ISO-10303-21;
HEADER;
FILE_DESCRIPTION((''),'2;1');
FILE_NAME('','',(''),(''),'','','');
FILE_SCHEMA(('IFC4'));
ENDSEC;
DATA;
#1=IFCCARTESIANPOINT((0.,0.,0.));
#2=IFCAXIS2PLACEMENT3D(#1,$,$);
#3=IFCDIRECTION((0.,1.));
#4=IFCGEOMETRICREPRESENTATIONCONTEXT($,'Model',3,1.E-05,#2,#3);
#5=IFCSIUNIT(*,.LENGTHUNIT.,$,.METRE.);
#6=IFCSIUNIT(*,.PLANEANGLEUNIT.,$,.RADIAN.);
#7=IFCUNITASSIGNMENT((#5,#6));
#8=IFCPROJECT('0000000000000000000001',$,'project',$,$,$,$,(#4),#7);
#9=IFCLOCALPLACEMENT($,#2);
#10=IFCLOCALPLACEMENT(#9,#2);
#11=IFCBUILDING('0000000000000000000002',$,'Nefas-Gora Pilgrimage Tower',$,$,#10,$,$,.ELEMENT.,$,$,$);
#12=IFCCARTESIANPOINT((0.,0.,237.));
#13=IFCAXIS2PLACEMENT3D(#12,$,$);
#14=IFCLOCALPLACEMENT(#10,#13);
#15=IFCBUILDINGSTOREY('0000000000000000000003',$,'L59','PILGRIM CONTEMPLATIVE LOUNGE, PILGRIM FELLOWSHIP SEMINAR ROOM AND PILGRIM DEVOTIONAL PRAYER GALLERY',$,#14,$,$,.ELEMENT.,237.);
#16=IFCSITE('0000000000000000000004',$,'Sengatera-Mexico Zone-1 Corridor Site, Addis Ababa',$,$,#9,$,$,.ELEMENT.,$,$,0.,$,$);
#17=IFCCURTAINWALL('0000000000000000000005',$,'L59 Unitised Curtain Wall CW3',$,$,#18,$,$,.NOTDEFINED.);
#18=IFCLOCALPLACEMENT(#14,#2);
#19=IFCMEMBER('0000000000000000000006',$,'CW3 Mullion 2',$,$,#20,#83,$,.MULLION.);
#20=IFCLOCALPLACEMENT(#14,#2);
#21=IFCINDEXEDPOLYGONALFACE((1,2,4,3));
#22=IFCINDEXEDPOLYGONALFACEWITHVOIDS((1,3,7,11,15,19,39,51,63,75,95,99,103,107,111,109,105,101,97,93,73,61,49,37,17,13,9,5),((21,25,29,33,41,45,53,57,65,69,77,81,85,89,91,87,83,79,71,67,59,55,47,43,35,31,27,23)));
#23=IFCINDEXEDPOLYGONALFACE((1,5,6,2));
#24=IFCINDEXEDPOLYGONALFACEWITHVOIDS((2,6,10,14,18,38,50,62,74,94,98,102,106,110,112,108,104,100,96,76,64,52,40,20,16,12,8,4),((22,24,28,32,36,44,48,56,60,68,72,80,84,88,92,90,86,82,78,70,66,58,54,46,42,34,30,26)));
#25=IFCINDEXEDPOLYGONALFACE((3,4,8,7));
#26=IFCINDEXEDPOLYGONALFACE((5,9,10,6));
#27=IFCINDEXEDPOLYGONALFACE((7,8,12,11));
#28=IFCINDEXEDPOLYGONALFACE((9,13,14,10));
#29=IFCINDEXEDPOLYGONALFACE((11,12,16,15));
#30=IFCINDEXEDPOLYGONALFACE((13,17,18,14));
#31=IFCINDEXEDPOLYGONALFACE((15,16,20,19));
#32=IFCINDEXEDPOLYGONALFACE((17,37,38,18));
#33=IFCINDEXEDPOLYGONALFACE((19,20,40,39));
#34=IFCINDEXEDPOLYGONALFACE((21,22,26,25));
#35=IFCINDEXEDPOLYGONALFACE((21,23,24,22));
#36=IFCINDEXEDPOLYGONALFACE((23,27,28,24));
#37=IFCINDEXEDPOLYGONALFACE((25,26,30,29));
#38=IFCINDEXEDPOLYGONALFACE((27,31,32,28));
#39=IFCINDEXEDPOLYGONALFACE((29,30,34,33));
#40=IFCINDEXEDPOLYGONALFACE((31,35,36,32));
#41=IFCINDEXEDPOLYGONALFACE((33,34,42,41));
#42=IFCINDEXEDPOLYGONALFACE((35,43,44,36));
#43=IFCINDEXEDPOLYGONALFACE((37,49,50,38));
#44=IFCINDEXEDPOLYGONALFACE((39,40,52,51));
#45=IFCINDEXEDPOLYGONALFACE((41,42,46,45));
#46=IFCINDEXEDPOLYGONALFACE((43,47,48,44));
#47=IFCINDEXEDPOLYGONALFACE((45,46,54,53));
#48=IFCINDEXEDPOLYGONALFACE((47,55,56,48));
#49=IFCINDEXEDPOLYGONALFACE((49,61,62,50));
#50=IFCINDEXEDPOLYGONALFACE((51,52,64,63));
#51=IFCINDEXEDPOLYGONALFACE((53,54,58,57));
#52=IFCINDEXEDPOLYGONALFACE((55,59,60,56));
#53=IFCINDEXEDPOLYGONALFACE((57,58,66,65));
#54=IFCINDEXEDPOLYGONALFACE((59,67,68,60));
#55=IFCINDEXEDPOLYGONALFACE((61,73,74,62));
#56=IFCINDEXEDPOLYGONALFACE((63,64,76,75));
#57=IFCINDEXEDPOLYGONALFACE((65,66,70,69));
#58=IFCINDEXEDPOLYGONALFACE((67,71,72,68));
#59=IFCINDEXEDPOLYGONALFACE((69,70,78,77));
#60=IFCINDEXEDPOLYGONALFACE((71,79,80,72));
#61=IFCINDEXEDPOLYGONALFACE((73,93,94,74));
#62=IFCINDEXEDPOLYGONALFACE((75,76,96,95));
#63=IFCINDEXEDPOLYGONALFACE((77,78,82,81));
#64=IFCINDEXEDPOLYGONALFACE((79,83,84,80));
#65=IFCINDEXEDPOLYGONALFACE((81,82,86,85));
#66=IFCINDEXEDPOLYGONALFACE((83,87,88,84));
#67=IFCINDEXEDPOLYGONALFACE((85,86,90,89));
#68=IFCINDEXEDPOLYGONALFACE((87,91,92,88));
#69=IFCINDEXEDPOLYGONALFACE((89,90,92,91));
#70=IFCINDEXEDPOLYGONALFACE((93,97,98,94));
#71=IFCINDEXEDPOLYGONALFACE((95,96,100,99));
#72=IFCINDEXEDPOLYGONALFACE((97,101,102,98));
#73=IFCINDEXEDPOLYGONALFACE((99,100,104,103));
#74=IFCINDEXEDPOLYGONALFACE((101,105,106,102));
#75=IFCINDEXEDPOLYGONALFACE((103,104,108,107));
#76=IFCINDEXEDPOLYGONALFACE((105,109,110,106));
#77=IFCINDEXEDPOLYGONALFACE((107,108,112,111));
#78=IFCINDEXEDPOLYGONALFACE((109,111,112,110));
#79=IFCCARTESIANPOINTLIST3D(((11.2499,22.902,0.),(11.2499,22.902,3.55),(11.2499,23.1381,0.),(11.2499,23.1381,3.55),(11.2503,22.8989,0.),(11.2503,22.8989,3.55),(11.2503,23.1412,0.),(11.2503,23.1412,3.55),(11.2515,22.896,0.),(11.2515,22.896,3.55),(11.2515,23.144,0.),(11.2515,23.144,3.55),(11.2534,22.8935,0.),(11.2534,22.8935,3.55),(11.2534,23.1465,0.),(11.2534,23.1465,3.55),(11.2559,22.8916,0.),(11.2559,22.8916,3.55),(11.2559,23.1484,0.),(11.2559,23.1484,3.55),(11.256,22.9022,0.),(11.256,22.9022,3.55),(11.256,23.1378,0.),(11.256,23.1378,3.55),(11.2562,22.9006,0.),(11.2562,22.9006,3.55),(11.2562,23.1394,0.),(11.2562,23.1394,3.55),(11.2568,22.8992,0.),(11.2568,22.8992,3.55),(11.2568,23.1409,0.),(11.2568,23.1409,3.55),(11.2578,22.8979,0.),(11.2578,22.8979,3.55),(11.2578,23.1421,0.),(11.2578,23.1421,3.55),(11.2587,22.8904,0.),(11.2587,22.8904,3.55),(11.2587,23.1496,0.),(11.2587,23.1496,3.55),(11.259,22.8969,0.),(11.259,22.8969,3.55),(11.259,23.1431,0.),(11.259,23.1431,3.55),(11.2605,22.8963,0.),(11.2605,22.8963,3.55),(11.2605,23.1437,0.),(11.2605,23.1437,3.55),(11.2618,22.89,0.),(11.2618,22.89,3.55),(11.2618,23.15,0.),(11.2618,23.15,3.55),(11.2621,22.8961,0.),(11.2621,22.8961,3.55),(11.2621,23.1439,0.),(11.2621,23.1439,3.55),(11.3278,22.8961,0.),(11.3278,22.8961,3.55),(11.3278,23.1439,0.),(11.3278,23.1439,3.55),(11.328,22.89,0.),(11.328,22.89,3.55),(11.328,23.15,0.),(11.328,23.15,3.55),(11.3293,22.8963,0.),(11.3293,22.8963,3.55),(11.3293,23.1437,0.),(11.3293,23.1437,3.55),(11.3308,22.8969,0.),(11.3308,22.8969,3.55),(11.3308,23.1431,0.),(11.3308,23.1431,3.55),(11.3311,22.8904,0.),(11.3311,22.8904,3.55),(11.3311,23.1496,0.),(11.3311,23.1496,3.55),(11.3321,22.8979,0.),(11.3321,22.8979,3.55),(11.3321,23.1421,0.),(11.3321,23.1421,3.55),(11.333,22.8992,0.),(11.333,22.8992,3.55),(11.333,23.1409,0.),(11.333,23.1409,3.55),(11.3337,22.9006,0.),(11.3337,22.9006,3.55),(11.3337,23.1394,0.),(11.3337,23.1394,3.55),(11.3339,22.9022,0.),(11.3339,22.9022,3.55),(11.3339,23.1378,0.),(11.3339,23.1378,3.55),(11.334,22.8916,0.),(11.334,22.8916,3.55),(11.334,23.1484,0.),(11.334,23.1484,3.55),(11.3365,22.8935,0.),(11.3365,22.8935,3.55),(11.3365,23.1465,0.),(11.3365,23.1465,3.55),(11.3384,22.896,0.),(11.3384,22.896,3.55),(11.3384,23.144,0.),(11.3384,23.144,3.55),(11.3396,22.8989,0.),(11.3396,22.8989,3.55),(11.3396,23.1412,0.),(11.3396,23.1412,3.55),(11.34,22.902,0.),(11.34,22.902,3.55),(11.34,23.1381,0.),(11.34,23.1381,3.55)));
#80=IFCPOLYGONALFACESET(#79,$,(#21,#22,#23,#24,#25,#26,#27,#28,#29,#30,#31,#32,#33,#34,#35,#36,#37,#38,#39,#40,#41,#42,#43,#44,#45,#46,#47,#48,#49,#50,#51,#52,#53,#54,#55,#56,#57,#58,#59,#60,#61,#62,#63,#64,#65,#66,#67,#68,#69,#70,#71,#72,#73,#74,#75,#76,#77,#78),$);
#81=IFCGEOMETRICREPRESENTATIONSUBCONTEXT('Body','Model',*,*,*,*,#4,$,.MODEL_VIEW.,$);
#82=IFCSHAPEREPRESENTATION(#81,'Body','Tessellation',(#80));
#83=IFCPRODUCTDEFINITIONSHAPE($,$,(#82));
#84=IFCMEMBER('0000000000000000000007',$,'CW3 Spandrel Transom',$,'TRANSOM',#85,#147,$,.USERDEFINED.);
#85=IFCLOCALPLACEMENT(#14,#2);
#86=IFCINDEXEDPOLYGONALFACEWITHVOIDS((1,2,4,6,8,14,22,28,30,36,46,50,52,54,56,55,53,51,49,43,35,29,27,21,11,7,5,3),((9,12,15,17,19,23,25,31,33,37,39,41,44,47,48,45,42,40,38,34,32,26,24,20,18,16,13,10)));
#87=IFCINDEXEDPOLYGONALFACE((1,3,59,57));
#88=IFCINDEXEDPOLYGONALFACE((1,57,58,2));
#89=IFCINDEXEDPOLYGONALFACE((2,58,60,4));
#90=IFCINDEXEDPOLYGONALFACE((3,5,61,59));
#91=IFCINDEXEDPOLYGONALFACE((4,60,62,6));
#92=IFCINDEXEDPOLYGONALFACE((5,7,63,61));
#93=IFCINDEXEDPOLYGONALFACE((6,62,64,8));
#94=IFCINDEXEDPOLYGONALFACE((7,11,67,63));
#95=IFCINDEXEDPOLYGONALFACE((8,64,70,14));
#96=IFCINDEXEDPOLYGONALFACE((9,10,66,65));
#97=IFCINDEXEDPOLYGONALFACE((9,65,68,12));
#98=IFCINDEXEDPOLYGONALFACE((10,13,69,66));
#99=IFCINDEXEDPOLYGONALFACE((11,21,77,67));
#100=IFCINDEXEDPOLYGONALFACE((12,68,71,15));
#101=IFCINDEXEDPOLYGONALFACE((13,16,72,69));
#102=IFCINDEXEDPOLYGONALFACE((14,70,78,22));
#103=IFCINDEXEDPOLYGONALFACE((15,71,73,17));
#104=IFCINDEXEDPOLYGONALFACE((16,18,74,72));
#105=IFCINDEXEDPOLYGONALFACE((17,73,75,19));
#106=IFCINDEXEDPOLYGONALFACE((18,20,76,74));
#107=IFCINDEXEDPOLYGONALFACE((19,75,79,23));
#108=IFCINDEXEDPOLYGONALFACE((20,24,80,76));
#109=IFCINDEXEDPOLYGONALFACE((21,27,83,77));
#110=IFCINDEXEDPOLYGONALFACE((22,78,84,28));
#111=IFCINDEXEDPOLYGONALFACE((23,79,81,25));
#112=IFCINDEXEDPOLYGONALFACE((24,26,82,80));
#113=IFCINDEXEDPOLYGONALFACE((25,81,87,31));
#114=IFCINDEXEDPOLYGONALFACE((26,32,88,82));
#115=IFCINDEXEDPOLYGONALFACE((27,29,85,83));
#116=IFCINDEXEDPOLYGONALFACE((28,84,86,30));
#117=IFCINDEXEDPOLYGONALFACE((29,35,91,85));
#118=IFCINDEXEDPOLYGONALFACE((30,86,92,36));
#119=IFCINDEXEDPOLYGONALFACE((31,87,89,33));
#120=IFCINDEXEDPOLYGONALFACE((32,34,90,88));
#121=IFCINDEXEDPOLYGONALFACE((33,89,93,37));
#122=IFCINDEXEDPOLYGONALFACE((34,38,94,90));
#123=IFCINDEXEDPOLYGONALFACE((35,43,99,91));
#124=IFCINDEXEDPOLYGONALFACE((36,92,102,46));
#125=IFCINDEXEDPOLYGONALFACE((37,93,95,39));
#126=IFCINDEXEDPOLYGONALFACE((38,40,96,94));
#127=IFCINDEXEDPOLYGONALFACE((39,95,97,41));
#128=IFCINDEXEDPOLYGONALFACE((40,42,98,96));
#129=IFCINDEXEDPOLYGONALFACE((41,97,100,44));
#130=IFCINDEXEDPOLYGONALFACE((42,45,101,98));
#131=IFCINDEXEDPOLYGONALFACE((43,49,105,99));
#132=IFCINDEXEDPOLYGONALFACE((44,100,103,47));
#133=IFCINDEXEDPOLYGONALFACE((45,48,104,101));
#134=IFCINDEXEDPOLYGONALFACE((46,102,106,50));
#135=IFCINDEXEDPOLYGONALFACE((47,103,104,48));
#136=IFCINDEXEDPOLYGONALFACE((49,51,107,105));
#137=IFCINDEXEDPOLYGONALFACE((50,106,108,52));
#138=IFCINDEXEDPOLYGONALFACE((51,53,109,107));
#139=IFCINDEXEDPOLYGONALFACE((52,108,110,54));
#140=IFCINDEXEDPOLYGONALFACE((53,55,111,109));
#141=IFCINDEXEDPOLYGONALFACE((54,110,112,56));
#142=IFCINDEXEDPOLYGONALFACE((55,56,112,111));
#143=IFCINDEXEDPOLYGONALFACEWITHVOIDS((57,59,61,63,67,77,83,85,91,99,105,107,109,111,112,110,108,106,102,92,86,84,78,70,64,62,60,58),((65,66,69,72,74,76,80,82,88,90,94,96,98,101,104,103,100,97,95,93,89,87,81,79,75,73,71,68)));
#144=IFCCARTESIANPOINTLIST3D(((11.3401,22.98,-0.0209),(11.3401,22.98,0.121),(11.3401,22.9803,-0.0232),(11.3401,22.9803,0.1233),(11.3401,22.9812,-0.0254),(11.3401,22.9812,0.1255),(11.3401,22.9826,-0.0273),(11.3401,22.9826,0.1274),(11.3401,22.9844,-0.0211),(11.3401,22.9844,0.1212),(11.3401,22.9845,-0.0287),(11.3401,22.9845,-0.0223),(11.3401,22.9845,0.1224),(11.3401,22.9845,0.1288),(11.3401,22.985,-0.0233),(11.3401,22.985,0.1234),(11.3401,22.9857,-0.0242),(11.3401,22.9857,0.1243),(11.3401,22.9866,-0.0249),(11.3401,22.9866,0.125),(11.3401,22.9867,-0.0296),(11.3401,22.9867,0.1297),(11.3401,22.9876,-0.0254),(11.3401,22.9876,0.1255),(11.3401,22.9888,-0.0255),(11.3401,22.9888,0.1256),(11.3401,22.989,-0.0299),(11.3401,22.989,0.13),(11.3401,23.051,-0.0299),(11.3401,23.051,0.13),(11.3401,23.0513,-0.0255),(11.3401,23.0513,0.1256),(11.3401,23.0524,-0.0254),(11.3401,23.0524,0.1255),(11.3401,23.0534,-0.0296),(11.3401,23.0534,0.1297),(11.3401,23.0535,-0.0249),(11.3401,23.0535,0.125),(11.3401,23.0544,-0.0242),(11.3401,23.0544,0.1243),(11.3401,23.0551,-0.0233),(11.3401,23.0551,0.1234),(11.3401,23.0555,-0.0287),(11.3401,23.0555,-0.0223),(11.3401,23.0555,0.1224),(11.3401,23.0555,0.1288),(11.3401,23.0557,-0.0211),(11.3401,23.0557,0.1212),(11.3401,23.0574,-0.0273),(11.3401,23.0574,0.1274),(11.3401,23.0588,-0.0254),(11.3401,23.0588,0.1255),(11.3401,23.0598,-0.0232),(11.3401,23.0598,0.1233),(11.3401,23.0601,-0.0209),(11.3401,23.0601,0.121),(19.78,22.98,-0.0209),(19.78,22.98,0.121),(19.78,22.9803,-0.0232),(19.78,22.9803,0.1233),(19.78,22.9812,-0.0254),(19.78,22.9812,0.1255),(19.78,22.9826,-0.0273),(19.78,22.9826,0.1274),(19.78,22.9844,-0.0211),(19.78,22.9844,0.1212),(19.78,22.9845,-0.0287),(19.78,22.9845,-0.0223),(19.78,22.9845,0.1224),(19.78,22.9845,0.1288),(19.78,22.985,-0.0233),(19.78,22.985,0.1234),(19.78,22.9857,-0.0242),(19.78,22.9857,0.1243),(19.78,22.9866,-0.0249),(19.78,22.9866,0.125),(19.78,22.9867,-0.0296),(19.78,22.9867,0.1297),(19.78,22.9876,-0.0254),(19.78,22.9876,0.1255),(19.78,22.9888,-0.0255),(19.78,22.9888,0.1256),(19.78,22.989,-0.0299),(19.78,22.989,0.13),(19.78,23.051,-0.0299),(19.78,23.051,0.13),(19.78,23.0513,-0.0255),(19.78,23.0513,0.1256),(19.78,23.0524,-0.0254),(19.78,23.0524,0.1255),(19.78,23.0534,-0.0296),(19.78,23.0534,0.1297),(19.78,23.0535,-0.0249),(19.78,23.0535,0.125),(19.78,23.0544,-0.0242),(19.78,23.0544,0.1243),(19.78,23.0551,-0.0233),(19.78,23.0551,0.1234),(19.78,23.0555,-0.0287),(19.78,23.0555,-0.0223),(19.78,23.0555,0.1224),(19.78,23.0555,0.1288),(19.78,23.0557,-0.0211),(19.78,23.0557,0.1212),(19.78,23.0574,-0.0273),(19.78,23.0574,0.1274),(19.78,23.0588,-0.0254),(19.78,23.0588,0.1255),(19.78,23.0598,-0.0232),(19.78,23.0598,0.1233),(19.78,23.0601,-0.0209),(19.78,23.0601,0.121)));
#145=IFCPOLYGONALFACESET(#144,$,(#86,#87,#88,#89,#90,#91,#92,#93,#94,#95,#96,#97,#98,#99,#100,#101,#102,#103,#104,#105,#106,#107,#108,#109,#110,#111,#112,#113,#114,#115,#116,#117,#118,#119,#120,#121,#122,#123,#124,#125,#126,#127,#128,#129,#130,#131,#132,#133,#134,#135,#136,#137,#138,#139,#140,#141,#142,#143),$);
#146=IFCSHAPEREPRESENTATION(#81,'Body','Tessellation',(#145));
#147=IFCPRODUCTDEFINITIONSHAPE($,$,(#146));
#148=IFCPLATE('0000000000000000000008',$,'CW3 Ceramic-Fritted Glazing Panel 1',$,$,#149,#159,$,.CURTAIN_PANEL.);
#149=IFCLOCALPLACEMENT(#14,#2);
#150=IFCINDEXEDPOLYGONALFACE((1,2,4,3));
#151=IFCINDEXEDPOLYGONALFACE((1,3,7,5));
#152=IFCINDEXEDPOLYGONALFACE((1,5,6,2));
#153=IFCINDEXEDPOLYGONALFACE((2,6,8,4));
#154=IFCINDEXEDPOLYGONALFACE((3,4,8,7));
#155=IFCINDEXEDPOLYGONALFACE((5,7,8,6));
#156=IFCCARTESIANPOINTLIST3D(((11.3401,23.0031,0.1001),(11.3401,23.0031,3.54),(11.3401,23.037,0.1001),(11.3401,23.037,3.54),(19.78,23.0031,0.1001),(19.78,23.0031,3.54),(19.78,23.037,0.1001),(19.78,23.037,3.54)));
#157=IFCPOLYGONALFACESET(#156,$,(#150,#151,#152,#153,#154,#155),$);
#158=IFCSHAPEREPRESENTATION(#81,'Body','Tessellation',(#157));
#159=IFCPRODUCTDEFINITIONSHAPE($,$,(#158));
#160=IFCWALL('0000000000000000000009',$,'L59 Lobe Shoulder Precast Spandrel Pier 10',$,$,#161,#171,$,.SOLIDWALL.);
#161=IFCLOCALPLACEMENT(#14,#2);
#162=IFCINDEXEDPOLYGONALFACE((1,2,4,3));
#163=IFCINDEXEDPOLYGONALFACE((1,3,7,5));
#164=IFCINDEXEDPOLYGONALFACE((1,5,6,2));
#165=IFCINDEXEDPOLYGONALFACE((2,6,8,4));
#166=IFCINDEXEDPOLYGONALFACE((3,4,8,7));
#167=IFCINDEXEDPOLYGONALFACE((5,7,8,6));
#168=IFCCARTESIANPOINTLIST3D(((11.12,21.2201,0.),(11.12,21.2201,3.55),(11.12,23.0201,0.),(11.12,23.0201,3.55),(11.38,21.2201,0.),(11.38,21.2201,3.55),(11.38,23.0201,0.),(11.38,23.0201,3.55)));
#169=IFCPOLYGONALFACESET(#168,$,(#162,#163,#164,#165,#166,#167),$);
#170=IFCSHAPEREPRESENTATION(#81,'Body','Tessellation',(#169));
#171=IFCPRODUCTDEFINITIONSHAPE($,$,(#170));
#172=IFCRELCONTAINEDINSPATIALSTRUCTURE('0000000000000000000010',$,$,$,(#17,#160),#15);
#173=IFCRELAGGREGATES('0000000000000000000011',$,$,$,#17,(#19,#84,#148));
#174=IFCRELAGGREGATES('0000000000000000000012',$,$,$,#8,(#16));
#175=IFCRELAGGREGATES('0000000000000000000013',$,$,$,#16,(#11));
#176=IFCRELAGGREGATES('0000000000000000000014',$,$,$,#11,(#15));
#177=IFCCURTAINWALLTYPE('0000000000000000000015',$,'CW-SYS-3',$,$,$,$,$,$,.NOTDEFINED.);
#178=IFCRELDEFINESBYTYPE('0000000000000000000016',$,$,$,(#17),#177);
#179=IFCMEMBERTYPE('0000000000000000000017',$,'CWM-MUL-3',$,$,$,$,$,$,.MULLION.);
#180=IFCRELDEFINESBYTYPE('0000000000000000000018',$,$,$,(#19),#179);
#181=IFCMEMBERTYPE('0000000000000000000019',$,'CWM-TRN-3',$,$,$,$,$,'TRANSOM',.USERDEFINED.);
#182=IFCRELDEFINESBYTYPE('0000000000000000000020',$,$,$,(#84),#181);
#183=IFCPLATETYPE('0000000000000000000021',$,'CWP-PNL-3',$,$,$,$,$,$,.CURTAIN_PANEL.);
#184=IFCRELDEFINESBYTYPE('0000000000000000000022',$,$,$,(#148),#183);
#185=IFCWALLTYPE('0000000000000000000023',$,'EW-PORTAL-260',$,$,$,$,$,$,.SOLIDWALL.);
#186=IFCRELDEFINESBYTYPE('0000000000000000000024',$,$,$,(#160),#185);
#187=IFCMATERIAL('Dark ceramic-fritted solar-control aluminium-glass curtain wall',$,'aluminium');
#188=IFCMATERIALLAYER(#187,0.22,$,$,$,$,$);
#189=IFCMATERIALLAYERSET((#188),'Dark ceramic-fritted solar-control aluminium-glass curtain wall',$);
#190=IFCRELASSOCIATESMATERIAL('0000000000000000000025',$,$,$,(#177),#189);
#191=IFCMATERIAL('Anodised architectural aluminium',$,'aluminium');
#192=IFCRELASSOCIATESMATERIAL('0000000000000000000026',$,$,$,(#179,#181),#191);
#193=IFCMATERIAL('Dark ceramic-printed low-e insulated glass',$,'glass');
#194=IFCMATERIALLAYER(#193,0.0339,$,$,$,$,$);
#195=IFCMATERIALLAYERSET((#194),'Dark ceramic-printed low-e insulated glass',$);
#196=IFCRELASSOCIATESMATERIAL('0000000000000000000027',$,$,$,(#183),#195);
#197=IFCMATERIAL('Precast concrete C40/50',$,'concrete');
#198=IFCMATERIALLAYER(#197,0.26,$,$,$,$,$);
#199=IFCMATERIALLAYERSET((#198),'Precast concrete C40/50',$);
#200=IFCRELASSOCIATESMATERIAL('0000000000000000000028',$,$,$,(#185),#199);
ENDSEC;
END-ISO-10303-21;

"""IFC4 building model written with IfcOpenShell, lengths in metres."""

from ifc_helpers import new_model, si_unit, direction, frame, frame_2d, origin, origin_2d, place, context, subcontext, project, spatial, rectangle, hollow_rectangle, extrude, source, transform, mapped, material, layer, layer_set, material_profile, profile_set, type_object, element, aggregate, save


model = new_model("IFC4")

# Units and contexts
model_context = context("Model", 3, precision=1e-05, world=origin(), true_north=direction((0.0, 1.0)))
body_context = subcontext(model_context, "Body", "Model", "MODEL_VIEW")
ifc_project = project(units=[si_unit("LENGTHUNIT", "METRE"), si_unit("PLANEANGLEUNIT", "RADIAN")], contexts=[model_context])

# Site, building, storey
site_placement = place(None, origin())
site = spatial("IfcSite", under=ifc_project, at=site_placement, Name="Sengatera-Mexico Zone-1 Corridor Site, Addis Ababa", CompositionType="ELEMENT", RefElevation=0.0)
building_placement = place(site_placement, origin())
building = spatial("IfcBuilding", under=site, at=building_placement, Name="Nefas-Gora Pilgrimage Tower", CompositionType="ELEMENT")
storey_placement = place(building_placement, frame((0.0, 0.0, 237.0)))
storey = spatial("IfcBuildingStorey", under=building, at=storey_placement, Name="L59", Description="PILGRIM CONTEMPLATIVE LOUNGE, PILGRIM FELLOWSHIP SEMINAR ROOM AND PILGRIM DEVOTIONAL PRAYER GALLERY", CompositionType="ELEMENT", Elevation=237.0)

# Shared definitions
ifc_material_1 = material(Name="Dark ceramic-fritted solar-control aluminium-glass curtain wall", Category="aluminium")
ifc_layer_1 = layer(ifc_material_1, 0.22)
ifc_layer_set_1 = layer_set([ifc_layer_1], Name="Dark ceramic-fritted solar-control aluminium-glass curtain wall")
curtain_wall_type = type_object("IfcCurtainWallType", Name="CW-SYS-3", PredefinedType="NOTDEFINED", material=ifc_layer_set_1)
ifc_material_2 = material(Name="Anodised architectural aluminium", Category="aluminium")
ifc_material_profile_1 = material_profile(ifc_material_2, hollow_rectangle(XDim=0.0901, YDim=0.26, WallThickness=0.0061, InnerFilletRadius=0.0061, OuterFilletRadius=0.012, at=origin_2d()), Name="ALU MULLION 90x260")
ifc_profile_set_1 = profile_set([ifc_material_profile_1], Name="Anodised architectural aluminium")
member_type_1 = type_object("IfcMemberType", Name="CWM-MUL-3", PredefinedType="MULLION", material=ifc_profile_set_1)
shared_shape_1 = source(origin(), body_context, "Body", "SweptSolid", [
    extrude(hollow_rectangle(XDim=0.0901, YDim=0.26, WallThickness=0.0061, InnerFilletRadius=0.0061, OuterFilletRadius=0.012, at=origin_2d()), origin(), (0.0, 0.0, 1.0), 3.55),
])

# Curtain wall, members, plate
curtain_wall_1_placement = place(storey_placement, origin())
curtain_wall_1 = element("IfcCurtainWall", 1, at=curtain_wall_1_placement, inside=storey, type_object=curtain_wall_type, Name="L59 Unitised Curtain Wall CW3", PredefinedType="NOTDEFINED")
member_1_placement = place(storey_placement, frame((11.2949, 23.02, 0.0), z_axis=(0.0, 0.0, 1.0), x_axis=(-1.0, 0.0, 0.0)))
member_1 = element("IfcMember", 2, at=member_1_placement, type_object=member_type_1, Name="CW3 Mullion 2", PredefinedType="MULLION", context=body_context, shape_type="MappedRepresentation", body=[
    mapped(shared_shape_1, transform((0.0, 0.0, 0.0), x_axis=(1.0, 0.0, 0.0), y_axis=(0.0, 1.0, 0.0), z_axis=(0.0, 0.0, 1.0), scale=1.0)),
])
ifc_material_profile_2 = material_profile(ifc_material_2, hollow_rectangle(XDim=0.0801, YDim=0.1599, WallThickness=0.0044, InnerFilletRadius=0.0044, OuterFilletRadius=0.009, at=origin_2d()), Name="ALU TRANSOM 80x160")
ifc_profile_set_2 = profile_set([ifc_material_profile_2], Name="Anodised architectural aluminium")
member_type_2 = type_object("IfcMemberType", Name="CWM-TRN-3", ElementType="TRANSOM", PredefinedType="USERDEFINED", material=ifc_profile_set_2)
shared_shape_2 = source(origin(), body_context, "Body", "SweptSolid", [
    extrude(hollow_rectangle(XDim=0.0801, YDim=0.1599, WallThickness=0.0044, InnerFilletRadius=0.0044, OuterFilletRadius=0.009, at=origin_2d()), origin(), (0.0, 0.0, 1.0), 8.4399),
])
member_2_placement = place(storey_placement, frame((19.78, 23.02, 0.05), z_axis=(-1.0, 0.0, 0.0), x_axis=(0.0, -1.0, 0.0)))
member_2 = element("IfcMember", 3, at=member_2_placement, type_object=member_type_2, Name="CW3 Spandrel Transom", ObjectType="TRANSOM", PredefinedType="USERDEFINED", context=body_context, shape_type="MappedRepresentation", body=[
    mapped(shared_shape_2, transform((0.0, 0.0, 0.0), x_axis=(1.0, 0.0, 0.0), y_axis=(0.0, 1.0, 0.0), z_axis=(0.0, 0.0, 1.0), scale=1.0)),
])
ifc_material_3 = material(Name="Dark ceramic-printed low-e insulated glass", Category="glass")
ifc_layer_2 = layer(ifc_material_3, 0.0339)
ifc_layer_set_2 = layer_set([ifc_layer_2], Name="Dark ceramic-printed low-e insulated glass")
plate_type = type_object("IfcPlateType", Name="CWP-PNL-3", PredefinedType="CURTAIN_PANEL", material=ifc_layer_set_2)
shared_shape_3 = source(origin(), body_context, "Body", "SweptSolid", [
    extrude(rectangle(XDim=8.4399, YDim=0.0339, at=origin_2d()), origin(), (0.0, 0.0, 1.0), 3.4399),
])
plate_placement = place(storey_placement, frame((15.5601, 23.02, 0.1001), z_axis=(0.0, 0.0, 1.0), x_axis=(-1.0, 0.0, 0.0)))
plate = element("IfcPlate", 4, at=plate_placement, type_object=plate_type, Name="CW3 Ceramic-Fritted Glazing Panel 1", PredefinedType="CURTAIN_PANEL", context=body_context, shape_type="MappedRepresentation", body=[
    mapped(shared_shape_3, transform((0.0, 0.0, 0.0), x_axis=(1.0, 0.0, 0.0), y_axis=(0.0, 1.0, 0.0), z_axis=(0.0, 0.0, 1.0), scale=1.0)),
])
aggregate(curtain_wall_1, [member_1, member_2, plate])

# Wall
ifc_material_4 = material(Name="Precast concrete C40/50", Category="concrete")
ifc_layer_3 = layer(ifc_material_4, 0.26)
ifc_layer_set_3 = layer_set([ifc_layer_3], Name="Precast concrete C40/50")
wall_type_1 = type_object("IfcWallType", Name="EW-PORTAL-260", PredefinedType="SOLIDWALL", material=ifc_layer_set_3)
shared_shape_4 = source(origin(), body_context, "Body", "SweptSolid", [
    extrude(rectangle(XDim=1.8, YDim=0.26, at=frame_2d((0.8999, 0.0))), origin(), (0.0, 0.0, 1.0), 3.55),
])
wall_1_placement = place(storey_placement, frame((11.25, 23.02, 0.0), z_axis=(0.0, 0.0, 1.0), x_axis=(0.0, -1.0, 0.0)))
element("IfcWall", 5, at=wall_1_placement, inside=storey, type_object=wall_type_1, Name="L59 Lobe Shoulder Precast Spandrel Pier 10", PredefinedType="SOLIDWALL", context=body_context, shape_type="MappedRepresentation", body=[
    mapped(shared_shape_4, transform((0.0, 0.0, 0.0), x_axis=(1.0, 0.0, 0.0), y_axis=(0.0, 1.0, 0.0), z_axis=(0.0, 0.0, 1.0), scale=1.0)),
])

save(model, "model.ifc")
